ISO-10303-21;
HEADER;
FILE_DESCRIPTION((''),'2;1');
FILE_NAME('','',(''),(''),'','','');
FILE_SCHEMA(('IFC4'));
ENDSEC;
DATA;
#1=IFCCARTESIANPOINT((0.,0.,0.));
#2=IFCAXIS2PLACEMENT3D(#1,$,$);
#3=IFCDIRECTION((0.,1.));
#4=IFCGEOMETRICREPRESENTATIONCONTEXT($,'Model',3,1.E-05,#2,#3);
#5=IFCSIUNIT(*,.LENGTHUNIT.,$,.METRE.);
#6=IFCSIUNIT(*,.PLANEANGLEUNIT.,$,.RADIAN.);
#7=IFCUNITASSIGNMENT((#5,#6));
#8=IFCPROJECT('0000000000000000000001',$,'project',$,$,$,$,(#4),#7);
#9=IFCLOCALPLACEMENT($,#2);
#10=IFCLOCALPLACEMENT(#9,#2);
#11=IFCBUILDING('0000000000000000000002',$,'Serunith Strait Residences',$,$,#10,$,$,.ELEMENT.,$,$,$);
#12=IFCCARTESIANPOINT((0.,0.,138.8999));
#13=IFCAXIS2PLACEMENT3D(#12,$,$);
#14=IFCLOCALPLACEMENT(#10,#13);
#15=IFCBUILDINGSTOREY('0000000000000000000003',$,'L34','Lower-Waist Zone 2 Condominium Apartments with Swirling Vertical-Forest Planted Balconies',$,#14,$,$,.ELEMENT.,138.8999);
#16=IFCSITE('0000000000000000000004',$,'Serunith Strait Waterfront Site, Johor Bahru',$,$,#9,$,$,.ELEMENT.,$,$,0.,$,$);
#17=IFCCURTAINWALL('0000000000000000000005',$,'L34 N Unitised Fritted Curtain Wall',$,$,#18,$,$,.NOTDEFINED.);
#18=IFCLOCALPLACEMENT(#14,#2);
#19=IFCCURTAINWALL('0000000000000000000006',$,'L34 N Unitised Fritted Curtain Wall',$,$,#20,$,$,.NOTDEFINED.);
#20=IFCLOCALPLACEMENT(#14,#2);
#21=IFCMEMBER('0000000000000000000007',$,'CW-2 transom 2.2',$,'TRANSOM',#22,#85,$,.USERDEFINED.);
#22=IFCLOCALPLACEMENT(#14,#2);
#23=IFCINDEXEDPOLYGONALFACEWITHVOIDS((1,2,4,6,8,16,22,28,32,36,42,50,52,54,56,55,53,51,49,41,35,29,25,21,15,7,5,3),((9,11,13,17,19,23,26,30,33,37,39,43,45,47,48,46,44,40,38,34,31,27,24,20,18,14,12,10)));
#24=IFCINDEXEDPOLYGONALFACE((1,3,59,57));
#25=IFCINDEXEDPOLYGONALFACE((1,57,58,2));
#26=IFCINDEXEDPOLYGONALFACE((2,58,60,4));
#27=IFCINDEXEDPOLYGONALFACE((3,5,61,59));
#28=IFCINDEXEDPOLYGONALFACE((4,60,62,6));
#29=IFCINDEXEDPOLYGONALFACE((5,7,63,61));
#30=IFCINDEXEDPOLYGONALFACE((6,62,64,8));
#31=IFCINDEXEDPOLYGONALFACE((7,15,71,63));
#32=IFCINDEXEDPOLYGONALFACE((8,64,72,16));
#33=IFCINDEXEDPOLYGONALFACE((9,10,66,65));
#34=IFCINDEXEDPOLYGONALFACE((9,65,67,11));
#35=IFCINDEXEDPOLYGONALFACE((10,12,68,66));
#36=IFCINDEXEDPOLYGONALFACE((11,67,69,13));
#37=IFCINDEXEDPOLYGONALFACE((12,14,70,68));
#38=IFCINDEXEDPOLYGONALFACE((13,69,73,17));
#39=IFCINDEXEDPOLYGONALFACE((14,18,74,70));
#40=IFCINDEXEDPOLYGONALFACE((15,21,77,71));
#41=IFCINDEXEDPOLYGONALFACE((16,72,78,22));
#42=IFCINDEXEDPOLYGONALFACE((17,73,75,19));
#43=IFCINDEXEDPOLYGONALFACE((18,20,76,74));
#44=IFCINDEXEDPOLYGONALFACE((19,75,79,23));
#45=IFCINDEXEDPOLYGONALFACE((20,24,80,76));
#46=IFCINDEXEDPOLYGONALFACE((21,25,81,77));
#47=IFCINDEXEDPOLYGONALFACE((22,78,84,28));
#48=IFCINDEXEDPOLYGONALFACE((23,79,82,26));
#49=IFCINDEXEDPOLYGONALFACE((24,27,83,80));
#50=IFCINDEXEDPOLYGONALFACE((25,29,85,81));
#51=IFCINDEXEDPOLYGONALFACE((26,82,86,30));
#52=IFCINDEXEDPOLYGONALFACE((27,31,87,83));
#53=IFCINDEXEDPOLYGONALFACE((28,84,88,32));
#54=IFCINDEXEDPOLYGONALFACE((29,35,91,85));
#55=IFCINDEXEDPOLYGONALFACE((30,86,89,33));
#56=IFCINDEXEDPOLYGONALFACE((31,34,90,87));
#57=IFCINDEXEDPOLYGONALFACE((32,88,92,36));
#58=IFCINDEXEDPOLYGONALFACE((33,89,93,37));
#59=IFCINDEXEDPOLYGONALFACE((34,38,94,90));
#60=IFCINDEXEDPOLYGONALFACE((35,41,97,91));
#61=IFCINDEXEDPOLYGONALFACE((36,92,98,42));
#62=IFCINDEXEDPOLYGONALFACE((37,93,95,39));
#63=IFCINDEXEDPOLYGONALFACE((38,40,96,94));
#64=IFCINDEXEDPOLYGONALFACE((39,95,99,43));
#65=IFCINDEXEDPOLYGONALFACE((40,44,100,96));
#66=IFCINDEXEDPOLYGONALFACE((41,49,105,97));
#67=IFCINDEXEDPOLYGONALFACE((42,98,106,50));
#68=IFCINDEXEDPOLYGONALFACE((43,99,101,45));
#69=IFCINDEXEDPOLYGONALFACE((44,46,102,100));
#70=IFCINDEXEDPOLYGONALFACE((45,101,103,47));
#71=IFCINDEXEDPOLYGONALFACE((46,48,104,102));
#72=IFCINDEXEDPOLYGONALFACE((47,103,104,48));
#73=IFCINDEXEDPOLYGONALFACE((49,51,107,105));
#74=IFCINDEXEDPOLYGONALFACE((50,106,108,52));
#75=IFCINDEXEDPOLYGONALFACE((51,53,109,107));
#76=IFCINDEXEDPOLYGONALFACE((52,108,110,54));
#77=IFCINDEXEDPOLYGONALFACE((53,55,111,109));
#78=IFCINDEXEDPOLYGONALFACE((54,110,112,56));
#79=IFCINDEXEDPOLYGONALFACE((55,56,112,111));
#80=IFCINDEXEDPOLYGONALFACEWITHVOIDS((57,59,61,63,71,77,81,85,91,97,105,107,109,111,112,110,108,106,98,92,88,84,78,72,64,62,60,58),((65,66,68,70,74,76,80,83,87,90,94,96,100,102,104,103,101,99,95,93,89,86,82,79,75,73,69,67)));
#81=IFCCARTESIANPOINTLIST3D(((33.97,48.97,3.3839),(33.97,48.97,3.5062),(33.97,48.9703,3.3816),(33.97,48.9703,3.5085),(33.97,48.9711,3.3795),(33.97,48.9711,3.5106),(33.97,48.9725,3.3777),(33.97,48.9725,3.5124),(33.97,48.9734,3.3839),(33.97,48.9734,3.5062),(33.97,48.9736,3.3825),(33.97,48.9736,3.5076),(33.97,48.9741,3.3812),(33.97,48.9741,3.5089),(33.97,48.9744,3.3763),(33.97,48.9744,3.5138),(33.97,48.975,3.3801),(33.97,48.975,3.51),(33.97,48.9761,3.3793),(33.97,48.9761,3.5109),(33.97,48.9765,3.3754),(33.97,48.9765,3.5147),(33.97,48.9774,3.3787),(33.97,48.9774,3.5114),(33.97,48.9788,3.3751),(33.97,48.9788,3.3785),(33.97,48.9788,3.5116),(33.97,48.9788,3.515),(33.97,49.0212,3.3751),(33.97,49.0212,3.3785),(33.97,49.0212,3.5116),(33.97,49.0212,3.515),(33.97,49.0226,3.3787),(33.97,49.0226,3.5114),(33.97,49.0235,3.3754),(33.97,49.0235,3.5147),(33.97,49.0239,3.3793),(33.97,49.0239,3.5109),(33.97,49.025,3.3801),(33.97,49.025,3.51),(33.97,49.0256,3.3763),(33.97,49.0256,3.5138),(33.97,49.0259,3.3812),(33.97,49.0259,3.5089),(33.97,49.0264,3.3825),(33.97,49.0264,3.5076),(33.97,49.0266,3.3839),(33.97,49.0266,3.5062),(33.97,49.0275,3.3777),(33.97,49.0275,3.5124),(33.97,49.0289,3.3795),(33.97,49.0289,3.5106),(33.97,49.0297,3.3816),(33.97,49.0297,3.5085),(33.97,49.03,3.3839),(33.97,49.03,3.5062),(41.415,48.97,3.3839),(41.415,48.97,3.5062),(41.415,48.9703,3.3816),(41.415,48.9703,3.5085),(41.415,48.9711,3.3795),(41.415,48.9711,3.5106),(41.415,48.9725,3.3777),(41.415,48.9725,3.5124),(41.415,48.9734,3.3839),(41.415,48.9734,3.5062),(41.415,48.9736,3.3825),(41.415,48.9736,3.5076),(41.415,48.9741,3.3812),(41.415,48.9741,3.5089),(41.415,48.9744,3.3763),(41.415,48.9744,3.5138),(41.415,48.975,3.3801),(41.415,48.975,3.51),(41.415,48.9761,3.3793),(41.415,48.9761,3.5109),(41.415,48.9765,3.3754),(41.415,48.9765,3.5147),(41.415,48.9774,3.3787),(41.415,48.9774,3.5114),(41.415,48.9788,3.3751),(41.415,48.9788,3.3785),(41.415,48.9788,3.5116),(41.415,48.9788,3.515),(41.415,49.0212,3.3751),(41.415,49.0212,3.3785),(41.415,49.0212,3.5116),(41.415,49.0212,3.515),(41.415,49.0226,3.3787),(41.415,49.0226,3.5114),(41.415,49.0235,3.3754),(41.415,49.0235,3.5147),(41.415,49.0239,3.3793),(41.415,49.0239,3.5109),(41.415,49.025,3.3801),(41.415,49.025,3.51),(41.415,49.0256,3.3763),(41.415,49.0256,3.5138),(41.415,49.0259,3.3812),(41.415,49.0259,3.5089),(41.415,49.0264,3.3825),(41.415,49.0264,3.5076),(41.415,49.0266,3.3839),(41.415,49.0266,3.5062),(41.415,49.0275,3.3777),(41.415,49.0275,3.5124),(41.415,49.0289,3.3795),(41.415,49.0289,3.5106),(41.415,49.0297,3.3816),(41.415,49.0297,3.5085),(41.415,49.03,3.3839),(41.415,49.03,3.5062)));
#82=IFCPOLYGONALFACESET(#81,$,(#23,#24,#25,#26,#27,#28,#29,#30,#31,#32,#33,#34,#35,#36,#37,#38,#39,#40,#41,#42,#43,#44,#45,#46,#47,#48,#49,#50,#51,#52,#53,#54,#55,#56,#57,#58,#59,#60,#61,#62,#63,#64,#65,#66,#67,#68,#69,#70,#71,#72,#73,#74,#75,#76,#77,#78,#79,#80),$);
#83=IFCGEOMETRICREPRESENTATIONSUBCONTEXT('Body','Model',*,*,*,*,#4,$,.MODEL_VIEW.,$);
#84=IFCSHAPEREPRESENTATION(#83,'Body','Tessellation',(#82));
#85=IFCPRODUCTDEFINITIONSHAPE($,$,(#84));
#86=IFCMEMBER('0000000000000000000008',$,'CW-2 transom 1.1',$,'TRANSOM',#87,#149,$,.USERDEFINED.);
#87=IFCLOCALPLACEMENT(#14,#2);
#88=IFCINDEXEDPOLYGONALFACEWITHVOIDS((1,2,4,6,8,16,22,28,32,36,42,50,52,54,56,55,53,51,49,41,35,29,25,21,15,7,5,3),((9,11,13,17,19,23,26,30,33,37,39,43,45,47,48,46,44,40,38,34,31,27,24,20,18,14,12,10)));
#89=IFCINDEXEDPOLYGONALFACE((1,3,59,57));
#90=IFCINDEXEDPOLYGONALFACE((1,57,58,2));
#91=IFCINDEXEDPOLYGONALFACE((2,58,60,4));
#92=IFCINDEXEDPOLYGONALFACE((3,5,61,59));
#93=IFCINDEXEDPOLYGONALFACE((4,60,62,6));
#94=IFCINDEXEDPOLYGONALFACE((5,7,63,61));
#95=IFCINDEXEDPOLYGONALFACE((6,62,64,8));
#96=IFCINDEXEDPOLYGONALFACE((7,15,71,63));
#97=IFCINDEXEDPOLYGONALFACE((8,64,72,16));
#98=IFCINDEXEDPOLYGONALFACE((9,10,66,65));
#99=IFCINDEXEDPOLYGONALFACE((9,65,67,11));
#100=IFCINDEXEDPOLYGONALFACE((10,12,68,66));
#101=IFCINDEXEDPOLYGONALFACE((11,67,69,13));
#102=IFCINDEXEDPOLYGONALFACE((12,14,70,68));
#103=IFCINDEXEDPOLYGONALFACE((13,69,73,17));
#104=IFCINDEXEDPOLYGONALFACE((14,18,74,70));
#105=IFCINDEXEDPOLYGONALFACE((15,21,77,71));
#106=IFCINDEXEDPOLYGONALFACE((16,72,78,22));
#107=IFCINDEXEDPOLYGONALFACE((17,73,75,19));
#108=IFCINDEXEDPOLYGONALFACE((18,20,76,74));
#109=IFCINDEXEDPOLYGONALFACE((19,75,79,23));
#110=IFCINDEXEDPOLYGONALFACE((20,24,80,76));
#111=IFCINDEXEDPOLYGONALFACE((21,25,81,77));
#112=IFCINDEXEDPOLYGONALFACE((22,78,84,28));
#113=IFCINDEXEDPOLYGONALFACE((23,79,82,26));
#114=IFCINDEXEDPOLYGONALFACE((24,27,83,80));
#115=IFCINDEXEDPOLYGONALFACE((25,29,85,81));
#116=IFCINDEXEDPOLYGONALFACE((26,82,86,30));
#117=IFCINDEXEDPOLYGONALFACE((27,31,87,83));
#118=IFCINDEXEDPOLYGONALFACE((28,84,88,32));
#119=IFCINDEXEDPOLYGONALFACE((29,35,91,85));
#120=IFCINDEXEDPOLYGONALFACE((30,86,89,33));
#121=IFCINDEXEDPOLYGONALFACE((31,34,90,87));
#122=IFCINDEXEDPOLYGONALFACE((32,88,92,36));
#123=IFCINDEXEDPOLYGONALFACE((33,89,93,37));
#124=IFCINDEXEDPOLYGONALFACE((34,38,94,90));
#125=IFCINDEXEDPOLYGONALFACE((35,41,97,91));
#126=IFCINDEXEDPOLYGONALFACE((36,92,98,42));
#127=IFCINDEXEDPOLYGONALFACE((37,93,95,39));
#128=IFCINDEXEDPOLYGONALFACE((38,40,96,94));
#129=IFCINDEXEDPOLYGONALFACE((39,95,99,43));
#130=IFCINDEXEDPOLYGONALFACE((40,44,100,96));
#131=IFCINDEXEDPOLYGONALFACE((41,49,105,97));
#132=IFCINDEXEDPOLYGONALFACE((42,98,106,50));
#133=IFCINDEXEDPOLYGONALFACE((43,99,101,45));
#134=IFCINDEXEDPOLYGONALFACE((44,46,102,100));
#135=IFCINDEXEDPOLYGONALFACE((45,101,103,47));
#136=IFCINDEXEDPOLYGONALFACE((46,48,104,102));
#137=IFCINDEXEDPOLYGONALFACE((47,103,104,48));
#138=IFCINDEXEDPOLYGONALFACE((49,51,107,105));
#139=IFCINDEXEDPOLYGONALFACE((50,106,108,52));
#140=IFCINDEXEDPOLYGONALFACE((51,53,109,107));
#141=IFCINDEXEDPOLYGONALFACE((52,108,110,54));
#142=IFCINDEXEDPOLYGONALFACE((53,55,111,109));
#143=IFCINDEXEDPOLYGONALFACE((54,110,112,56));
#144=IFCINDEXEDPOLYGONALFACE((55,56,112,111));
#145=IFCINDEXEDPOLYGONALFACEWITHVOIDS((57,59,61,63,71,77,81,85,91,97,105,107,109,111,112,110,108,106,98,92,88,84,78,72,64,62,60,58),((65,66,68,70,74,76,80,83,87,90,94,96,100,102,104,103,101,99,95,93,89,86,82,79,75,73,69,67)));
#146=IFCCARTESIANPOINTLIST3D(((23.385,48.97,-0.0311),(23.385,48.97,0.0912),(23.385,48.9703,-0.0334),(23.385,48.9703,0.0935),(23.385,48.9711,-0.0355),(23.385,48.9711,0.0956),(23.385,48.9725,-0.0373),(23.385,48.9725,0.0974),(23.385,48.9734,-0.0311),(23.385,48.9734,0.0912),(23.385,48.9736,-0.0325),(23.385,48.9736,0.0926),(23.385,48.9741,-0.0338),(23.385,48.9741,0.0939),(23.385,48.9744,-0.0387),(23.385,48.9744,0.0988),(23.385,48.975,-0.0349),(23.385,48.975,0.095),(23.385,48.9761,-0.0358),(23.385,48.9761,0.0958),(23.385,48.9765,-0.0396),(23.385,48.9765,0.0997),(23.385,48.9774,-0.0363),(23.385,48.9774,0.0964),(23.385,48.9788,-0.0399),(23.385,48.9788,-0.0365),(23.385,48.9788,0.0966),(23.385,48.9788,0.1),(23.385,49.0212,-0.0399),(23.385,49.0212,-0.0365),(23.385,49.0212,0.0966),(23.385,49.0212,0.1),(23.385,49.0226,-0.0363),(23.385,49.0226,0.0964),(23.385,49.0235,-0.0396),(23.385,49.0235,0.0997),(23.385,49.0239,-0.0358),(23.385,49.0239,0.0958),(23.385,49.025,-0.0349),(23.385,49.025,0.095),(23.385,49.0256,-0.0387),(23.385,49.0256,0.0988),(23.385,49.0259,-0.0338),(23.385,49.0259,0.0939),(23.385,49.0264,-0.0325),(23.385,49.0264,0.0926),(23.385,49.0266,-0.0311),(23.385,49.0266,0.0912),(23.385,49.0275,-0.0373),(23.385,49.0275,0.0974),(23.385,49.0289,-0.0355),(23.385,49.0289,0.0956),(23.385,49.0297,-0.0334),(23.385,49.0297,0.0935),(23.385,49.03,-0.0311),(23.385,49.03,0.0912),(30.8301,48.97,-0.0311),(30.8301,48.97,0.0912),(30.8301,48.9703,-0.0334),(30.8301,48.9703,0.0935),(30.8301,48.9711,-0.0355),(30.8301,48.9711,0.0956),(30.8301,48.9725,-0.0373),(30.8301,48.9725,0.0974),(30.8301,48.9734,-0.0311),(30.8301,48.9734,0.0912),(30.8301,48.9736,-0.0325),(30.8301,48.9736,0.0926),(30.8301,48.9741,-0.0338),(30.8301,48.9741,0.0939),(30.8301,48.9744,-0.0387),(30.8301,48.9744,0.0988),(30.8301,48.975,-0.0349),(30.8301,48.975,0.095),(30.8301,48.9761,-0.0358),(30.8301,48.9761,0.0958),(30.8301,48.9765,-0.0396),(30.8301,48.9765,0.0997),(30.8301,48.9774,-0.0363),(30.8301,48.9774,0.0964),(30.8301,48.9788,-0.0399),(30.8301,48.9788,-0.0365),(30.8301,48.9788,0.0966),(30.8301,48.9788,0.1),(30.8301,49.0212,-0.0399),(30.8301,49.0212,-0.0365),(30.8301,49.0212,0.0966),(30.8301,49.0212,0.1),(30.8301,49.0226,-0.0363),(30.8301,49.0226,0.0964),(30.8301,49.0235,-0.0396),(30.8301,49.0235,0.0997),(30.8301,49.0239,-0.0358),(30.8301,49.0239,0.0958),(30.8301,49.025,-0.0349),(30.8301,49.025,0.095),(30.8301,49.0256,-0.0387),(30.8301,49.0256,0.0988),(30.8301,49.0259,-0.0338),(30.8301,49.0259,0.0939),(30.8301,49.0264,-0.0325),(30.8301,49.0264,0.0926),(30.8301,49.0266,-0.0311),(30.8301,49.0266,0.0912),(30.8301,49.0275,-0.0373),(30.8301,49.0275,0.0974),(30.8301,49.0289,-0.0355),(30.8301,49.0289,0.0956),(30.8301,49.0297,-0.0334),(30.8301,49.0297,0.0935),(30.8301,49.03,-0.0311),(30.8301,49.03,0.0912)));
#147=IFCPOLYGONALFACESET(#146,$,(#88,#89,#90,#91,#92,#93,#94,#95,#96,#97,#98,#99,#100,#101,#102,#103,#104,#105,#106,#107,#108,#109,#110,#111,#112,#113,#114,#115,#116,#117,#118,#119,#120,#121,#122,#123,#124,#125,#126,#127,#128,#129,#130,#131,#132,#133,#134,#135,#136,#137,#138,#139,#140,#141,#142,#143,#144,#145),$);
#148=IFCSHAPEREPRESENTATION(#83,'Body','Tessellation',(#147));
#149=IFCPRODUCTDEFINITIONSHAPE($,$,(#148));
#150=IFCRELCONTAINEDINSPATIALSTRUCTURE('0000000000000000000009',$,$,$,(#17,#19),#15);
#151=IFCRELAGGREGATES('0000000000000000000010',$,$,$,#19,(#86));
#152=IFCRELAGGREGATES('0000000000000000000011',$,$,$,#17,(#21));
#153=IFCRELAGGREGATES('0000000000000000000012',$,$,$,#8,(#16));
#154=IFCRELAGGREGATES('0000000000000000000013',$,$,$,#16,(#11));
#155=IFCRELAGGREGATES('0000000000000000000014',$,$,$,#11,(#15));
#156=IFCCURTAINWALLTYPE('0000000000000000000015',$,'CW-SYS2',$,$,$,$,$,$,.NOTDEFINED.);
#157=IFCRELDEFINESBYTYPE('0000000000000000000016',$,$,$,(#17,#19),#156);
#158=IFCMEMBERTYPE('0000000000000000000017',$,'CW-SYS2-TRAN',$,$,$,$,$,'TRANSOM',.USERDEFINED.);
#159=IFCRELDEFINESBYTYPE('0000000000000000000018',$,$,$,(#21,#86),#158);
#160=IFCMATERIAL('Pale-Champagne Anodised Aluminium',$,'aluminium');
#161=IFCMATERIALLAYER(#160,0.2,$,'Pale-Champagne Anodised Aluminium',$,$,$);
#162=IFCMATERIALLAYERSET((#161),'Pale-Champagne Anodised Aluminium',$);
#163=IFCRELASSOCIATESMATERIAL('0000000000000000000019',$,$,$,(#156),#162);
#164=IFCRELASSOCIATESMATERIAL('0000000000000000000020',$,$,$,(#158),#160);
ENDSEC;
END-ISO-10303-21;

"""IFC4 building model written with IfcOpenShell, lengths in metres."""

from ifc_helpers import new_model, si_unit, direction, frame, origin, origin_2d, place, context, subcontext, project, spatial, hollow_rectangle, extrude, source, transform, mapped, material, layer, layer_set, material_profile, profile_set, type_object, element, aggregate, save


model = new_model("IFC4")

# Units and contexts
model_context = context("Model", 3, precision=1e-05, world=origin(), true_north=direction((0.0, 1.0)))
body_context = subcontext(model_context, "Body", "Model", "MODEL_VIEW")
ifc_project = project(units=[si_unit("LENGTHUNIT", "METRE"), si_unit("PLANEANGLEUNIT", "RADIAN")], contexts=[model_context])

# Site, building, storey
site_placement = place(None, origin())
site = spatial("IfcSite", under=ifc_project, at=site_placement, Name="Serunith Strait Waterfront Site, Johor Bahru", CompositionType="ELEMENT", RefElevation=0.0)
building_placement = place(site_placement, origin())
building = spatial("IfcBuilding", under=site, at=building_placement, Name="Serunith Strait Residences", CompositionType="ELEMENT")
storey_placement = place(building_placement, frame((0.0, 0.0, 138.8999)))
storey = spatial("IfcBuildingStorey", under=building, at=storey_placement, Name="L34", Description="Lower-Waist Zone 2 Condominium Apartments with Swirling Vertical-Forest Planted Balconies", CompositionType="ELEMENT", Elevation=138.8999)

# Curtain wall
ifc_material_1 = material(Name="Pale-Champagne Anodised Aluminium", Category="aluminium")
ifc_layer_1 = layer(ifc_material_1, 0.2, Name="Pale-Champagne Anodised Aluminium")
ifc_layer_set_1 = layer_set([ifc_layer_1], Name="Pale-Champagne Anodised Aluminium")
curtain_wall_type = type_object("IfcCurtainWallType", Name="CW-SYS2", PredefinedType="NOTDEFINED", material=ifc_layer_set_1)
curtain_wall_1_placement = place(storey_placement, origin())
curtain_wall_1 = element("IfcCurtainWall", 1, at=curtain_wall_1_placement, inside=storey, type_object=curtain_wall_type, Name="L34 N Unitised Fritted Curtain Wall", PredefinedType="NOTDEFINED")

# Curtain wall
curtain_wall_2_placement = place(storey_placement, origin())
curtain_wall_2 = element("IfcCurtainWall", 2, at=curtain_wall_2_placement, inside=storey, type_object=curtain_wall_type, Name="L34 N Unitised Fritted Curtain Wall", PredefinedType="NOTDEFINED")

# Members
ifc_material_profile_1 = material_profile(ifc_material_1, hollow_rectangle(XDim=0.0601, YDim=0.1399, WallThickness=0.0034, InnerFilletRadius=0.0054, OuterFilletRadius=0.0088, at=origin_2d()), Name="ALU 140x60x3.5")
ifc_profile_set_1 = profile_set([ifc_material_profile_1], Name="Pale-Champagne Anodised Aluminium")
member_type_1 = type_object("IfcMemberType", Name="CW-SYS2-TRAN", ElementType="TRANSOM", PredefinedType="USERDEFINED", material=ifc_profile_set_1)
shared_shape_1 = source(origin(), body_context, "Body", "SweptSolid", [
    extrude(hollow_rectangle(XDim=0.0601, YDim=0.1399, WallThickness=0.0034, InnerFilletRadius=0.0054, OuterFilletRadius=0.0088, at=origin_2d()), origin(), (0.0, 0.0, 1.0), 7.4451),
])
member_1_placement = place(storey_placement, frame((41.415, 49.0, 3.4451), z_axis=(-1.0, 0.0, 0.0), x_axis=(0.0, -1.0, 0.0)))
member_1 = element("IfcMember", 3, at=member_1_placement, type_object=member_type_1, Name="CW-2 transom 2.2", ObjectType="TRANSOM", PredefinedType="USERDEFINED", context=body_context, shape_type="MappedRepresentation", body=[
    mapped(shared_shape_1, transform((0.0, 0.0, 0.0), scale=1.0)),
])
member_2_placement = place(storey_placement, frame((30.8301, 49.0, 0.03), z_axis=(-1.0, 0.0, 0.0), x_axis=(0.0, -1.0, 0.0)))
member_2 = element("IfcMember", 4, at=member_2_placement, type_object=member_type_1, Name="CW-2 transom 1.1", ObjectType="TRANSOM", PredefinedType="USERDEFINED", context=body_context, shape_type="MappedRepresentation", body=[
    mapped(shared_shape_1, transform((0.0, 0.0, 0.0), scale=1.0)),
])
aggregate(curtain_wall_2, [member_2])

aggregate(curtain_wall_1, [member_1])

save(model, "model.ifc")
